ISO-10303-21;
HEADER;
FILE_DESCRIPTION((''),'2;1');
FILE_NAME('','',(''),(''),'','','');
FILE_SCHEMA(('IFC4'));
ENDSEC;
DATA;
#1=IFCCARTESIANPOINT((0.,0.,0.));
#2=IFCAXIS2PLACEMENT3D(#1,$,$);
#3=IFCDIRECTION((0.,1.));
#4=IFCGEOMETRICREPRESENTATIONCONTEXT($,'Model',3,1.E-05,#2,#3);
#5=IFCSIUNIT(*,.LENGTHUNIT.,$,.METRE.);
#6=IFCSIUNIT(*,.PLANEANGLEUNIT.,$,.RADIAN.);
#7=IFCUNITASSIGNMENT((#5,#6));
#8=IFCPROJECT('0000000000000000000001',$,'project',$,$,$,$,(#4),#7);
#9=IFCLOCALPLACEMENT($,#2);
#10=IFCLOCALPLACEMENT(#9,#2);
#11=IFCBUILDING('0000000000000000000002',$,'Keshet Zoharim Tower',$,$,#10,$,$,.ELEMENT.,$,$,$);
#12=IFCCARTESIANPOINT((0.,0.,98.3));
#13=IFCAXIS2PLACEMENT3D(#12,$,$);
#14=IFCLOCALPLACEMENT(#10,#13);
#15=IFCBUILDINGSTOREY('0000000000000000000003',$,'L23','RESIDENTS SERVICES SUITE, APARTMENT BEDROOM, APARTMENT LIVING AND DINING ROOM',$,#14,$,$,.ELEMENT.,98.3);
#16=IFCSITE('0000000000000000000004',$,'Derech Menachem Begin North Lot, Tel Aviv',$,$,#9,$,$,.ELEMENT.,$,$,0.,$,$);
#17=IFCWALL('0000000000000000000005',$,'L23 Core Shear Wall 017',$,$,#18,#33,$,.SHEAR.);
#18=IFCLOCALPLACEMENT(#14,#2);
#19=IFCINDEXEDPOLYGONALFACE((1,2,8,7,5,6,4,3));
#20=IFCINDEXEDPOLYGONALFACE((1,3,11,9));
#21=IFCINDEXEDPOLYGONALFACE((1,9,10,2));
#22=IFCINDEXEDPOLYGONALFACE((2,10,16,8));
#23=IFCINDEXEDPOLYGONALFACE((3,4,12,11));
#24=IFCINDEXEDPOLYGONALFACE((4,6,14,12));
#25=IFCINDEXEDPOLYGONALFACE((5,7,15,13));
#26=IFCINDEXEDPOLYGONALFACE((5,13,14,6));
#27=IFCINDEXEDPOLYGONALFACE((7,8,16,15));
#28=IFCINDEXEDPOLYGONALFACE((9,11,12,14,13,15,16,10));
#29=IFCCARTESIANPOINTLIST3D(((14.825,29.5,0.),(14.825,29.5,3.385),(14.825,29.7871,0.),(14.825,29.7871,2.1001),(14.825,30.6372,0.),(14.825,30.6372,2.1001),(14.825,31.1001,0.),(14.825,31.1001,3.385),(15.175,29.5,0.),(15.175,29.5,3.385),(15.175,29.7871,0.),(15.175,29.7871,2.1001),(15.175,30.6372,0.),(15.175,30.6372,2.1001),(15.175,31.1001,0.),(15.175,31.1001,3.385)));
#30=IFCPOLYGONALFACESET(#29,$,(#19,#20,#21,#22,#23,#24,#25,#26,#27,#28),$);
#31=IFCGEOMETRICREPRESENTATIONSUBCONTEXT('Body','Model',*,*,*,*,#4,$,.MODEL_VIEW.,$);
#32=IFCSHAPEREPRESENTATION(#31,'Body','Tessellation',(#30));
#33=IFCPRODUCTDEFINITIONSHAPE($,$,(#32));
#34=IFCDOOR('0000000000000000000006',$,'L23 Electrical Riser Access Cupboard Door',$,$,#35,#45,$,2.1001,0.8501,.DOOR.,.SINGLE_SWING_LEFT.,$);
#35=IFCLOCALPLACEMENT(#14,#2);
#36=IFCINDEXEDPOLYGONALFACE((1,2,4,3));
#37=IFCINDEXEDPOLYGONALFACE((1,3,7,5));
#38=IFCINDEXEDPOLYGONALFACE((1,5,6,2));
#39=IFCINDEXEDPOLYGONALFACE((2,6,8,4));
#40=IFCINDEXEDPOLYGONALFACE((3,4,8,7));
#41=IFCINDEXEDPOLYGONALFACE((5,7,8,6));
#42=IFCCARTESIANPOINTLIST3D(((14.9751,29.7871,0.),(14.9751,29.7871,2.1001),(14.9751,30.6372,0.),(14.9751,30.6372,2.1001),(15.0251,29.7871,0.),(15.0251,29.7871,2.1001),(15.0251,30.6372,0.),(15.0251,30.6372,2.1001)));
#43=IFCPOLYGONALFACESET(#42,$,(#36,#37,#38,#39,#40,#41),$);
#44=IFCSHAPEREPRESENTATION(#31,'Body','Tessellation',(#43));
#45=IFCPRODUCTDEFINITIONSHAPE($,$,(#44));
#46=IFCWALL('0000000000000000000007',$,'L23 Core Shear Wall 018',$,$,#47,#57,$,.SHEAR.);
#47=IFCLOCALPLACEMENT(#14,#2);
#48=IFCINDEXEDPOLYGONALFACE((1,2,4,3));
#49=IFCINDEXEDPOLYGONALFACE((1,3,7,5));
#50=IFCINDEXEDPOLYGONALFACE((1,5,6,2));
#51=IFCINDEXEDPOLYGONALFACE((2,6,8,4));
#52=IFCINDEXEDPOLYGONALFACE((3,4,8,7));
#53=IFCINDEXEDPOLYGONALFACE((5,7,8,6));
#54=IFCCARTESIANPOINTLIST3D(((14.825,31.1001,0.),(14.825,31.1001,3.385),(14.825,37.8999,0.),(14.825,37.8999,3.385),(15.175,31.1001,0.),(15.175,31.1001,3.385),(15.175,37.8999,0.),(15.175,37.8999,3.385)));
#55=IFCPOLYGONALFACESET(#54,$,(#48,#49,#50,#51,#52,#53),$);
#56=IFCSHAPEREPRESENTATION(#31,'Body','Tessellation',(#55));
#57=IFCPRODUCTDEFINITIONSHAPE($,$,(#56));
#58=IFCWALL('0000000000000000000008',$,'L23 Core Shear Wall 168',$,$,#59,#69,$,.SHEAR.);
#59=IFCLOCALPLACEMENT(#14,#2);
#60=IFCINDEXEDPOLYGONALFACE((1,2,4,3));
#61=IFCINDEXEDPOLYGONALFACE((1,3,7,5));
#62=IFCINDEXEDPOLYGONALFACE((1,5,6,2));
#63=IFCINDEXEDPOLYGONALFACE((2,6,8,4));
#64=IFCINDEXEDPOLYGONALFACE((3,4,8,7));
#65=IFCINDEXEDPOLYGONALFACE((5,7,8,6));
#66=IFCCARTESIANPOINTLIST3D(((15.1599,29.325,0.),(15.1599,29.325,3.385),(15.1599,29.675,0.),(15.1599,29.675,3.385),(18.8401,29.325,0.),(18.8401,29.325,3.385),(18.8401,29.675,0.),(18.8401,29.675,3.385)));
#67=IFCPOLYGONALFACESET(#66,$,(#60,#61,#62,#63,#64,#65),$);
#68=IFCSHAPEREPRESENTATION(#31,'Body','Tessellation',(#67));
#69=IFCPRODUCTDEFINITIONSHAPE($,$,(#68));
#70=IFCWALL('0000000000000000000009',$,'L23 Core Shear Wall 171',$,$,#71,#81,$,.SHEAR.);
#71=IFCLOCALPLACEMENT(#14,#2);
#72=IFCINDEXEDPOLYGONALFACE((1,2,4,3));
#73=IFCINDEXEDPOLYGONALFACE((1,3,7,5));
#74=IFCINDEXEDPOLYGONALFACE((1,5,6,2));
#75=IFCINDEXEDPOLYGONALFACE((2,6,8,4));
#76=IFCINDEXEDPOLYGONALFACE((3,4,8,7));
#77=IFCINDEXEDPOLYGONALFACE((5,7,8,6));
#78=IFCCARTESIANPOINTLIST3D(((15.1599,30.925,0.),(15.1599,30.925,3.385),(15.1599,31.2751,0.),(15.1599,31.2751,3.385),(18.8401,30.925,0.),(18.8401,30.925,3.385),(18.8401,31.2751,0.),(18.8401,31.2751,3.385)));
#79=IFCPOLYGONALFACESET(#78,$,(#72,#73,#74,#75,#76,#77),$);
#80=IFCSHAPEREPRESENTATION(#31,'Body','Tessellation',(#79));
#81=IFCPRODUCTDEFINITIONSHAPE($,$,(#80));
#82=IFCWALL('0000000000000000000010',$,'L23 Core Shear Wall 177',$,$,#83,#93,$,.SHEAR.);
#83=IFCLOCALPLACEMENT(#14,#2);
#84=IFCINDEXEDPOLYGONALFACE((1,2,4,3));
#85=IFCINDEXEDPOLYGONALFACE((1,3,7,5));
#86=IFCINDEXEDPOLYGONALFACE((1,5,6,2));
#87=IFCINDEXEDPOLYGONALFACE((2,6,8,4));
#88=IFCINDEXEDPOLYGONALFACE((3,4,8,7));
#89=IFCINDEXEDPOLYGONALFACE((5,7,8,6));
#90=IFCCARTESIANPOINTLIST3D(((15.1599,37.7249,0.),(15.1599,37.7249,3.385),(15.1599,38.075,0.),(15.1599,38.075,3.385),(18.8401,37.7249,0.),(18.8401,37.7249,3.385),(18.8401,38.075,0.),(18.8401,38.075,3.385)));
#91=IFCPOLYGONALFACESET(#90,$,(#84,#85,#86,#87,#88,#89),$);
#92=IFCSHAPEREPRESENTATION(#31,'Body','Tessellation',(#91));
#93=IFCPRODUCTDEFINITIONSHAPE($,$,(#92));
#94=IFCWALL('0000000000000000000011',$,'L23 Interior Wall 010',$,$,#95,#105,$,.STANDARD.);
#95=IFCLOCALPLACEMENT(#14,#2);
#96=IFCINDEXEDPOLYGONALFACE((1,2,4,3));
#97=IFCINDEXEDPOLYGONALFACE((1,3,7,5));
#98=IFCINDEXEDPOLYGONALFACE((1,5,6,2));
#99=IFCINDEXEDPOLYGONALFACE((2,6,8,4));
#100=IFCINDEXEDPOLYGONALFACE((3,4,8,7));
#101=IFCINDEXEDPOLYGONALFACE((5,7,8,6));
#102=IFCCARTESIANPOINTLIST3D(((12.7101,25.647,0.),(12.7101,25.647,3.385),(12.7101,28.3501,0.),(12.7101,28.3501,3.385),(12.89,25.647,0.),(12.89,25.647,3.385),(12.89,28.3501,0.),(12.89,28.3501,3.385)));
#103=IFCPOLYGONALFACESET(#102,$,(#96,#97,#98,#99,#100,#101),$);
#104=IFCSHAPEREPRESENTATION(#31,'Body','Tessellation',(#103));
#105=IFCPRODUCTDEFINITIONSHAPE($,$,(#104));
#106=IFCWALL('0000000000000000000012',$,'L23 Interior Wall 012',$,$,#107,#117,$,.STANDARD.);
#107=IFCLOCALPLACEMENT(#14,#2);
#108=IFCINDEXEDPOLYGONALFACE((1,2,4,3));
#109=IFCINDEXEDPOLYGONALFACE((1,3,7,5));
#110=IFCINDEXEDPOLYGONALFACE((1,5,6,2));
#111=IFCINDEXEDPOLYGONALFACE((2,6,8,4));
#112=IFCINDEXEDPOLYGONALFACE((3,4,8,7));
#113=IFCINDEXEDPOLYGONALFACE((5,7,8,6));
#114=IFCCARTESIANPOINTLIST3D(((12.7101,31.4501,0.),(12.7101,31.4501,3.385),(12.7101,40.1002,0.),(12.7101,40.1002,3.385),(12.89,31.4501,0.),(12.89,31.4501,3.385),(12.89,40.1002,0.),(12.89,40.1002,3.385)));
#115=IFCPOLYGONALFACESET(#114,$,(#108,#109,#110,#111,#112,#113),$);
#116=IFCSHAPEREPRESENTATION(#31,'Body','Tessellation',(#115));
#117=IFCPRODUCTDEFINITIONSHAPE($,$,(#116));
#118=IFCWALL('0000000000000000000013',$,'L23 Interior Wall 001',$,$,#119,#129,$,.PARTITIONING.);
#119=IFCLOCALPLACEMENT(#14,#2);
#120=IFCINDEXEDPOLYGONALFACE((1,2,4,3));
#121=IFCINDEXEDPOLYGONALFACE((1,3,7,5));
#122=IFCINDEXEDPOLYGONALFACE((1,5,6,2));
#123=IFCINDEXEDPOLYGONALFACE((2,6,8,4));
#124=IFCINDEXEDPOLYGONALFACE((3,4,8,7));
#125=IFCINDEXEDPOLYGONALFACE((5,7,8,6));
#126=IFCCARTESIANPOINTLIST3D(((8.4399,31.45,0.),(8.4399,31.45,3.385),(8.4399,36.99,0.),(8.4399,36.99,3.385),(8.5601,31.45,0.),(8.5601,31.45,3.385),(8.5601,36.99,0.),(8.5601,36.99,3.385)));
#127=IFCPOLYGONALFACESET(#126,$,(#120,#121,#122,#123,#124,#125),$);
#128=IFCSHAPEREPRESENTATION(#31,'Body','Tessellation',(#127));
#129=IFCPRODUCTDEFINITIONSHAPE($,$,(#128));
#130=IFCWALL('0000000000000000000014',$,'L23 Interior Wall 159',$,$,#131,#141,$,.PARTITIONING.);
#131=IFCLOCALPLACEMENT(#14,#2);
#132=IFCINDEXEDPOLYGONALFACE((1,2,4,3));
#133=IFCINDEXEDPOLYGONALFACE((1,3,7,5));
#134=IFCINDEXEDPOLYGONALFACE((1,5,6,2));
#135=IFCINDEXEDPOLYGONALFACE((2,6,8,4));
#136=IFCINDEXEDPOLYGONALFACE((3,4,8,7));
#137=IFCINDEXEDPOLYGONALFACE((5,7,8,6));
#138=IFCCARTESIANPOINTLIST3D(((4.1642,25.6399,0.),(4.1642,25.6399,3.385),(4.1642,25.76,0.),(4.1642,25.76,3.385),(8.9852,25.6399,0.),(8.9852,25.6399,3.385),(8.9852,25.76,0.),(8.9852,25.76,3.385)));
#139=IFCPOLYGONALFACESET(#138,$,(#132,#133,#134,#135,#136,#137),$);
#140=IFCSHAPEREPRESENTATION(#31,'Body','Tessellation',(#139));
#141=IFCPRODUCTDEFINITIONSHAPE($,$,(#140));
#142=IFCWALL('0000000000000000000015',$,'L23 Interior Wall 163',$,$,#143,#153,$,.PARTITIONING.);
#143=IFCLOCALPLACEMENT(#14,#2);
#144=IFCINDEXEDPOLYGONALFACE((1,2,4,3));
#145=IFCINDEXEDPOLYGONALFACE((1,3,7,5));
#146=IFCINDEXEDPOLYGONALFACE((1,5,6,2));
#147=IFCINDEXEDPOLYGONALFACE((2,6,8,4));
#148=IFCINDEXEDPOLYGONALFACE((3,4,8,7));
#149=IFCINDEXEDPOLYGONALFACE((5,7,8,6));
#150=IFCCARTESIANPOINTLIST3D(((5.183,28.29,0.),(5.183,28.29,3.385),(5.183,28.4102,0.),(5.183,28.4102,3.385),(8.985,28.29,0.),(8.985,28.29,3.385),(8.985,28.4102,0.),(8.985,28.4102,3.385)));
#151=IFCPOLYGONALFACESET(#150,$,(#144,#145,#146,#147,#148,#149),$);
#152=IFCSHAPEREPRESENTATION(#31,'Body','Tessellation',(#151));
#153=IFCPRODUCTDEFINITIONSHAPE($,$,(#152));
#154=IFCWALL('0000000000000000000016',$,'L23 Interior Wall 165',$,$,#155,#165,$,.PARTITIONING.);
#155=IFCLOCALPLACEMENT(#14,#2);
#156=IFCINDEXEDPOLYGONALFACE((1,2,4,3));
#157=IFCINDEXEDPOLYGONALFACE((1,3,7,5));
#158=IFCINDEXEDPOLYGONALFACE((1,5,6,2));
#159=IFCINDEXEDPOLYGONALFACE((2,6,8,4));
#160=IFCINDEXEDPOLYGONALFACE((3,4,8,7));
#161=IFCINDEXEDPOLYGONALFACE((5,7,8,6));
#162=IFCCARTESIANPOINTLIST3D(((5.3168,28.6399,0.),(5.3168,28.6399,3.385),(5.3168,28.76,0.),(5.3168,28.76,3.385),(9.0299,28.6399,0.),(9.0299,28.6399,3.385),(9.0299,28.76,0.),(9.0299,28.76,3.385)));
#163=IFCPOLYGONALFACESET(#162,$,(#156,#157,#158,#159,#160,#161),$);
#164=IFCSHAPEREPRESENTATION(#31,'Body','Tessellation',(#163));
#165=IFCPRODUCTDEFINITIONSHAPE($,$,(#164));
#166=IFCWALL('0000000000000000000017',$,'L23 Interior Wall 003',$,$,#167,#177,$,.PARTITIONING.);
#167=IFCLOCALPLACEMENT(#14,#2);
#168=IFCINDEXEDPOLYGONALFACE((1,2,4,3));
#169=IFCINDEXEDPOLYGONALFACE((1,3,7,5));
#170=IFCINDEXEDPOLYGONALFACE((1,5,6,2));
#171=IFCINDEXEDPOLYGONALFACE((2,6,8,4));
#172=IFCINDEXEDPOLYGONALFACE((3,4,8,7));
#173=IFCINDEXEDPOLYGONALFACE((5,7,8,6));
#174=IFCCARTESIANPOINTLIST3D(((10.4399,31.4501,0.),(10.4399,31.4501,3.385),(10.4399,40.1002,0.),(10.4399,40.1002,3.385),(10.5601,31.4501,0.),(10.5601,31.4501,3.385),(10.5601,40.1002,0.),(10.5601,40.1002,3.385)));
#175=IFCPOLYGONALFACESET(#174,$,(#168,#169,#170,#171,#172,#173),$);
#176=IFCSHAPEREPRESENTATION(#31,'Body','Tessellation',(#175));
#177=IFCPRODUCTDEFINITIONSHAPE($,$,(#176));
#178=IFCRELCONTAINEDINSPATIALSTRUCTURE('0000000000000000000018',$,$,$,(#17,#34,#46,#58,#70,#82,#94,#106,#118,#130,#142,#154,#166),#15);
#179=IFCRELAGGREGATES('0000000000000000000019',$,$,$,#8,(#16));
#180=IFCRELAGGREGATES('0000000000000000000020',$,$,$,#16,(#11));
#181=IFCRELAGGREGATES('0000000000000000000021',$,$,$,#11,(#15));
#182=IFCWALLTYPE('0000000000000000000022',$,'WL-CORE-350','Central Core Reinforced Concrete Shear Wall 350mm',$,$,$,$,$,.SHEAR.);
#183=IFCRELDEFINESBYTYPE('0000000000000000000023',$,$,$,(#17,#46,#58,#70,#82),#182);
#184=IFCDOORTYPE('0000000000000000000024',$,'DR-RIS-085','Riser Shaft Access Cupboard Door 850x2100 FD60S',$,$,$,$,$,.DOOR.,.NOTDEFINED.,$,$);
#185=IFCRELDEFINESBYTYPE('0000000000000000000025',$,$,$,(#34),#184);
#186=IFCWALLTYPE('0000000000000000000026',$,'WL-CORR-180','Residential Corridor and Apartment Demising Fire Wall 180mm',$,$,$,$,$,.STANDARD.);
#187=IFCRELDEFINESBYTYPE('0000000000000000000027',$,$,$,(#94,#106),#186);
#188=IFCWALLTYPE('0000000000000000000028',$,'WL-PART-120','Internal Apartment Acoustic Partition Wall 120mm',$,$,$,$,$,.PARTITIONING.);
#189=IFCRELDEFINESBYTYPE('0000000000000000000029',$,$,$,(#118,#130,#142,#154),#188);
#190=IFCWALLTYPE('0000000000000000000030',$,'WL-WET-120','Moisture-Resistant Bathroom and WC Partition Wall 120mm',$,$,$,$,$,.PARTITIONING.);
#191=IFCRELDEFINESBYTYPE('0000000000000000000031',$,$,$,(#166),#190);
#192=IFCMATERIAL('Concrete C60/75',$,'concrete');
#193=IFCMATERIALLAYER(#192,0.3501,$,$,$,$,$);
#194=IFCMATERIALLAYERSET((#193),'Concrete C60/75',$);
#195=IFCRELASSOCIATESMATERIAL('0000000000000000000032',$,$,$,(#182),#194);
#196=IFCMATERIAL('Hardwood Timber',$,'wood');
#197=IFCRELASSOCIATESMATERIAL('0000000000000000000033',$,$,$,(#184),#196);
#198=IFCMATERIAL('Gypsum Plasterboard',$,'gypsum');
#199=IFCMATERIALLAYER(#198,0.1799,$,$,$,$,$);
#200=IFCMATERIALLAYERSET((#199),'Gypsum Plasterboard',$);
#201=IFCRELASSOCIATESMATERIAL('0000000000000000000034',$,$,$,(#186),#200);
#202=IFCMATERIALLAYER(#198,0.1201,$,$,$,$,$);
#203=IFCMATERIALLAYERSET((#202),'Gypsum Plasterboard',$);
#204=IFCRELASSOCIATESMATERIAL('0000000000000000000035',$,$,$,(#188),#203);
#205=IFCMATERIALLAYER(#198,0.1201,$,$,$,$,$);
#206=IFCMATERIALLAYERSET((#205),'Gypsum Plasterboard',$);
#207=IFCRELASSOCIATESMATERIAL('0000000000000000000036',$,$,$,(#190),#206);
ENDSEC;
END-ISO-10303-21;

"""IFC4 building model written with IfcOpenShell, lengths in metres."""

from ifc_helpers import new_model, si_unit, direction, frame, frame_2d, origin, place, context, subcontext, project, spatial, rectangle, extrude, material, layer, layer_set, type_object, element, fill, save


model = new_model("IFC4")

# Units and contexts
model_context = context("Model", 3, precision=1e-05, world=origin(), true_north=direction((0.0, 1.0)))
body_context = subcontext(model_context, "Body", "Model", "MODEL_VIEW")
ifc_project = project(units=[si_unit("LENGTHUNIT", "METRE"), si_unit("PLANEANGLEUNIT", "RADIAN")], contexts=[model_context])

# Site, building, storey
site_placement = place(None, origin())
site = spatial("IfcSite", under=ifc_project, at=site_placement, Name="Derech Menachem Begin North Lot, Tel Aviv", CompositionType="ELEMENT", RefElevation=0.0)
building_placement = place(site_placement, origin())
building = spatial("IfcBuilding", under=site, at=building_placement, Name="Keshet Zoharim Tower", CompositionType="ELEMENT")
storey_placement = place(building_placement, frame((0.0, 0.0, 98.3)))
storey = spatial("IfcBuildingStorey", under=building, at=storey_placement, Name="L23", Description="RESIDENTS SERVICES SUITE, APARTMENT BEDROOM, APARTMENT LIVING AND DINING ROOM", CompositionType="ELEMENT", Elevation=98.3)

# Wall, opening, door
ifc_material_1 = material(Name="Concrete C60/75", Category="concrete")
ifc_layer_1 = layer(ifc_material_1, 0.3501)
ifc_layer_set_1 = layer_set([ifc_layer_1], Name="Concrete C60/75")
wall_type_1 = type_object("IfcWallType", Name="WL-CORE-350", Description="Central Core Reinforced Concrete Shear Wall 350mm", PredefinedType="SHEAR", material=ifc_layer_set_1)
wall_1_placement = place(storey_placement, frame((15.0, 29.5, 0.0), z_axis=(0.0, 0.0, 1.0), x_axis=(0.0, 1.0, 0.0)))
wall_1 = element("IfcWall", 1, at=wall_1_placement, inside=storey, type_object=wall_type_1, Name="L23 Core Shear Wall 017", PredefinedType="SHEAR", context=body_context, shape_type="SweptSolid", body=[
    extrude(rectangle(XDim=1.6001, YDim=0.3501, at=frame_2d((0.8, 0.0))), origin(), (0.0, 0.0, 1.0), 3.385),
])
opening_1_placement = place(wall_1_placement, frame((0.2871, 0.0, 0.0)))
opening_1 = element("IfcOpeningElement", 2, at=opening_1_placement, cuts=wall_1, PredefinedType="OPENING", context=body_context, shape_type="SweptSolid", body=[
    extrude(rectangle(XDim=0.8501, YDim=2.1001, at=frame_2d((0.425, 1.05))), frame((0.0, 0.1851, 0.0), z_axis=(0.0, -1.0, 0.0), x_axis=(1.0, 0.0, 0.0)), (0.0, 0.0, 1.0), 0.3701),
])
ifc_material_2 = material(Name="Hardwood Timber", Category="wood")
door_type_1 = type_object("IfcDoorType", Name="DR-RIS-085", Description="Riser Shaft Access Cupboard Door 850x2100 FD60S", OperationType="NOTDEFINED", PredefinedType="DOOR", material=ifc_material_2)
door_1_placement = place(opening_1_placement, origin())
door_1 = element("IfcDoor", 3, at=door_1_placement, inside=storey, type_object=door_type_1, Name="L23 Electrical Riser Access Cupboard Door", OperationType="SINGLE_SWING_LEFT", OverallHeight=2.1001, OverallWidth=0.8501, PredefinedType="DOOR", context=body_context, shape_type="SweptSolid", body=[
    extrude(rectangle(XDim=0.8501, YDim=2.1001, at=frame_2d((0.425, 1.05))), frame((0.0, 0.0249, 0.0), z_axis=(0.0, -1.0, 0.0), x_axis=(1.0, 0.0, 0.0)), (0.0, 0.0, 1.0), 0.05),
])
fill(opening_1, door_1)

# Walls
wall_2_placement = place(storey_placement, frame((15.0, 31.1001, 0.0), z_axis=(0.0, 0.0, 1.0), x_axis=(0.0, 1.0, 0.0)))
element("IfcWall", 4, at=wall_2_placement, inside=storey, type_object=wall_type_1, Name="L23 Core Shear Wall 018", PredefinedType="SHEAR", context=body_context, shape_type="SweptSolid", body=[
    extrude(rectangle(XDim=6.7998, YDim=0.3501, at=frame_2d((3.3999, 0.0))), origin(), (0.0, 0.0, 1.0), 3.385),
])
for number, where, z_axis, x_axis, name in (
    (5, (15.1599, 29.5, 0.0), (0.0, 0.0, 1.0), (1.0, 0.0, 0.0), "L23 Core Shear Wall 168"),
    (6, (15.1599, 31.1001, 0.0), (0.0, 0.0, 1.0), (1.0, 0.0, 0.0), "L23 Core Shear Wall 171"),
    (7, (15.1599, 37.8999, 0.0), (0.0, 0.0, 1.0), (1.0, 0.0, 0.0), "L23 Core Shear Wall 177"),
):
    element("IfcWall", number, at=place(storey_placement, frame(where, z_axis=z_axis, x_axis=x_axis)), inside=storey, type_object=wall_type_1, Name=name, PredefinedType="SHEAR", context=body_context, shape_type="SweptSolid", body=[
        extrude(rectangle(XDim=3.6802, YDim=0.3501, at=frame_2d((1.8401, 0.0))), origin(), (0.0, 0.0, 1.0), 3.385),
    ])
ifc_material_3 = material(Name="Gypsum Plasterboard", Category="gypsum")
ifc_layer_2 = layer(ifc_material_3, 0.1799)
ifc_layer_set_2 = layer_set([ifc_layer_2], Name="Gypsum Plasterboard")
wall_type_2 = type_object("IfcWallType", Name="WL-CORR-180", Description="Residential Corridor and Apartment Demising Fire Wall 180mm", PredefinedType="STANDARD", material=ifc_layer_set_2)
wall_3_placement = place(storey_placement, frame((12.8, 25.647, 0.0), z_axis=(0.0, 0.0, 1.0), x_axis=(0.0, 1.0, 0.0)))
element("IfcWall", 8, at=wall_3_placement, inside=storey, type_object=wall_type_2, Name="L23 Interior Wall 010", PredefinedType="STANDARD", context=body_context, shape_type="SweptSolid", body=[
    extrude(rectangle(XDim=2.7031, YDim=0.1799, at=frame_2d((1.3516, 0.0))), origin(), (0.0, 0.0, 1.0), 3.385),
])

# Walls
wall_4_placement = place(storey_placement, frame((12.8, 31.45, 0.0), z_axis=(0.0, 0.0, 1.0), x_axis=(0.0, 1.0, 0.0)))
element("IfcWall", 9, at=wall_4_placement, inside=storey, type_object=wall_type_2, Name="L23 Interior Wall 012", PredefinedType="STANDARD", context=body_context, shape_type="SweptSolid", body=[
    extrude(rectangle(XDim=8.6501, YDim=0.1799, at=frame_2d((4.3252, 0.0))), origin(), (0.0, 0.0, 1.0), 3.385),
])
ifc_layer_3 = layer(ifc_material_3, 0.1201)
ifc_layer_set_3 = layer_set([ifc_layer_3], Name="Gypsum Plasterboard")
wall_type_3 = type_object("IfcWallType", Name="WL-PART-120", Description="Internal Apartment Acoustic Partition Wall 120mm", PredefinedType="PARTITIONING", material=ifc_layer_set_3)
wall_5_placement = place(storey_placement, frame((8.5, 31.45, 0.0), z_axis=(0.0, 0.0, 1.0), x_axis=(0.0, 1.0, 0.0)))
element("IfcWall", 10, at=wall_5_placement, inside=storey, type_object=wall_type_3, Name="L23 Interior Wall 001", PredefinedType="PARTITIONING", context=body_context, shape_type="SweptSolid", body=[
    extrude(rectangle(XDim=5.54, YDim=0.1201, at=frame_2d((2.77, 0.0))), origin(), (0.0, 0.0, 1.0), 3.385),
])

# Walls
wall_6_placement = place(storey_placement, frame((4.1641, 25.7, 0.0), z_axis=(0.0, 0.0, 1.0), x_axis=(1.0, 0.0, 0.0)))
element("IfcWall", 11, at=wall_6_placement, inside=storey, type_object=wall_type_3, Name="L23 Interior Wall 159", PredefinedType="PARTITIONING", context=body_context, shape_type="SweptSolid", body=[
    extrude(rectangle(XDim=4.821, YDim=0.1201, at=frame_2d((2.4106, 0.0))), origin(), (0.0, 0.0, 1.0), 3.385),
])
wall_7_placement = place(storey_placement, frame((5.1831, 28.3501, 0.0), z_axis=(0.0, 0.0, 1.0), x_axis=(1.0, 0.0, 0.0)))
element("IfcWall", 12, at=wall_7_placement, inside=storey, type_object=wall_type_3, Name="L23 Interior Wall 163", PredefinedType="PARTITIONING", context=body_context, shape_type="SweptSolid", body=[
    extrude(rectangle(XDim=3.802, YDim=0.1201, at=frame_2d((1.9009, 0.0))), origin(), (0.0, 0.0, 1.0), 3.385),
])
wall_8_placement = place(storey_placement, frame((5.3169, 28.7, 0.0), z_axis=(0.0, 0.0, 1.0), x_axis=(1.0, 0.0, 0.0)))
element("IfcWall", 13, at=wall_8_placement, inside=storey, type_object=wall_type_3, Name="L23 Interior Wall 165", PredefinedType="PARTITIONING", context=body_context, shape_type="SweptSolid", body=[
    extrude(rectangle(XDim=3.7131, YDim=0.1201, at=frame_2d((1.8564, 0.0))), origin(), (0.0, 0.0, 1.0), 3.385),
])

# Wall
ifc_layer_4 = layer(ifc_material_3, 0.1201)
ifc_layer_set_4 = layer_set([ifc_layer_4], Name="Gypsum Plasterboard")
wall_type_4 = type_object("IfcWallType", Name="WL-WET-120", Description="Moisture-Resistant Bathroom and WC Partition Wall 120mm", PredefinedType="PARTITIONING", material=ifc_layer_set_4)
wall_9_placement = place(storey_placement, frame((10.5, 31.45, 0.0), z_axis=(0.0, 0.0, 1.0), x_axis=(0.0, 1.0, 0.0)))
element("IfcWall", 14, at=wall_9_placement, inside=storey, type_object=wall_type_4, Name="L23 Interior Wall 003", PredefinedType="PARTITIONING", context=body_context, shape_type="SweptSolid", body=[
    extrude(rectangle(XDim=8.6501, YDim=0.1201, at=frame_2d((4.3252, 0.0))), origin(), (0.0, 0.0, 1.0), 3.385),
])

save(model, "model.ifc")
